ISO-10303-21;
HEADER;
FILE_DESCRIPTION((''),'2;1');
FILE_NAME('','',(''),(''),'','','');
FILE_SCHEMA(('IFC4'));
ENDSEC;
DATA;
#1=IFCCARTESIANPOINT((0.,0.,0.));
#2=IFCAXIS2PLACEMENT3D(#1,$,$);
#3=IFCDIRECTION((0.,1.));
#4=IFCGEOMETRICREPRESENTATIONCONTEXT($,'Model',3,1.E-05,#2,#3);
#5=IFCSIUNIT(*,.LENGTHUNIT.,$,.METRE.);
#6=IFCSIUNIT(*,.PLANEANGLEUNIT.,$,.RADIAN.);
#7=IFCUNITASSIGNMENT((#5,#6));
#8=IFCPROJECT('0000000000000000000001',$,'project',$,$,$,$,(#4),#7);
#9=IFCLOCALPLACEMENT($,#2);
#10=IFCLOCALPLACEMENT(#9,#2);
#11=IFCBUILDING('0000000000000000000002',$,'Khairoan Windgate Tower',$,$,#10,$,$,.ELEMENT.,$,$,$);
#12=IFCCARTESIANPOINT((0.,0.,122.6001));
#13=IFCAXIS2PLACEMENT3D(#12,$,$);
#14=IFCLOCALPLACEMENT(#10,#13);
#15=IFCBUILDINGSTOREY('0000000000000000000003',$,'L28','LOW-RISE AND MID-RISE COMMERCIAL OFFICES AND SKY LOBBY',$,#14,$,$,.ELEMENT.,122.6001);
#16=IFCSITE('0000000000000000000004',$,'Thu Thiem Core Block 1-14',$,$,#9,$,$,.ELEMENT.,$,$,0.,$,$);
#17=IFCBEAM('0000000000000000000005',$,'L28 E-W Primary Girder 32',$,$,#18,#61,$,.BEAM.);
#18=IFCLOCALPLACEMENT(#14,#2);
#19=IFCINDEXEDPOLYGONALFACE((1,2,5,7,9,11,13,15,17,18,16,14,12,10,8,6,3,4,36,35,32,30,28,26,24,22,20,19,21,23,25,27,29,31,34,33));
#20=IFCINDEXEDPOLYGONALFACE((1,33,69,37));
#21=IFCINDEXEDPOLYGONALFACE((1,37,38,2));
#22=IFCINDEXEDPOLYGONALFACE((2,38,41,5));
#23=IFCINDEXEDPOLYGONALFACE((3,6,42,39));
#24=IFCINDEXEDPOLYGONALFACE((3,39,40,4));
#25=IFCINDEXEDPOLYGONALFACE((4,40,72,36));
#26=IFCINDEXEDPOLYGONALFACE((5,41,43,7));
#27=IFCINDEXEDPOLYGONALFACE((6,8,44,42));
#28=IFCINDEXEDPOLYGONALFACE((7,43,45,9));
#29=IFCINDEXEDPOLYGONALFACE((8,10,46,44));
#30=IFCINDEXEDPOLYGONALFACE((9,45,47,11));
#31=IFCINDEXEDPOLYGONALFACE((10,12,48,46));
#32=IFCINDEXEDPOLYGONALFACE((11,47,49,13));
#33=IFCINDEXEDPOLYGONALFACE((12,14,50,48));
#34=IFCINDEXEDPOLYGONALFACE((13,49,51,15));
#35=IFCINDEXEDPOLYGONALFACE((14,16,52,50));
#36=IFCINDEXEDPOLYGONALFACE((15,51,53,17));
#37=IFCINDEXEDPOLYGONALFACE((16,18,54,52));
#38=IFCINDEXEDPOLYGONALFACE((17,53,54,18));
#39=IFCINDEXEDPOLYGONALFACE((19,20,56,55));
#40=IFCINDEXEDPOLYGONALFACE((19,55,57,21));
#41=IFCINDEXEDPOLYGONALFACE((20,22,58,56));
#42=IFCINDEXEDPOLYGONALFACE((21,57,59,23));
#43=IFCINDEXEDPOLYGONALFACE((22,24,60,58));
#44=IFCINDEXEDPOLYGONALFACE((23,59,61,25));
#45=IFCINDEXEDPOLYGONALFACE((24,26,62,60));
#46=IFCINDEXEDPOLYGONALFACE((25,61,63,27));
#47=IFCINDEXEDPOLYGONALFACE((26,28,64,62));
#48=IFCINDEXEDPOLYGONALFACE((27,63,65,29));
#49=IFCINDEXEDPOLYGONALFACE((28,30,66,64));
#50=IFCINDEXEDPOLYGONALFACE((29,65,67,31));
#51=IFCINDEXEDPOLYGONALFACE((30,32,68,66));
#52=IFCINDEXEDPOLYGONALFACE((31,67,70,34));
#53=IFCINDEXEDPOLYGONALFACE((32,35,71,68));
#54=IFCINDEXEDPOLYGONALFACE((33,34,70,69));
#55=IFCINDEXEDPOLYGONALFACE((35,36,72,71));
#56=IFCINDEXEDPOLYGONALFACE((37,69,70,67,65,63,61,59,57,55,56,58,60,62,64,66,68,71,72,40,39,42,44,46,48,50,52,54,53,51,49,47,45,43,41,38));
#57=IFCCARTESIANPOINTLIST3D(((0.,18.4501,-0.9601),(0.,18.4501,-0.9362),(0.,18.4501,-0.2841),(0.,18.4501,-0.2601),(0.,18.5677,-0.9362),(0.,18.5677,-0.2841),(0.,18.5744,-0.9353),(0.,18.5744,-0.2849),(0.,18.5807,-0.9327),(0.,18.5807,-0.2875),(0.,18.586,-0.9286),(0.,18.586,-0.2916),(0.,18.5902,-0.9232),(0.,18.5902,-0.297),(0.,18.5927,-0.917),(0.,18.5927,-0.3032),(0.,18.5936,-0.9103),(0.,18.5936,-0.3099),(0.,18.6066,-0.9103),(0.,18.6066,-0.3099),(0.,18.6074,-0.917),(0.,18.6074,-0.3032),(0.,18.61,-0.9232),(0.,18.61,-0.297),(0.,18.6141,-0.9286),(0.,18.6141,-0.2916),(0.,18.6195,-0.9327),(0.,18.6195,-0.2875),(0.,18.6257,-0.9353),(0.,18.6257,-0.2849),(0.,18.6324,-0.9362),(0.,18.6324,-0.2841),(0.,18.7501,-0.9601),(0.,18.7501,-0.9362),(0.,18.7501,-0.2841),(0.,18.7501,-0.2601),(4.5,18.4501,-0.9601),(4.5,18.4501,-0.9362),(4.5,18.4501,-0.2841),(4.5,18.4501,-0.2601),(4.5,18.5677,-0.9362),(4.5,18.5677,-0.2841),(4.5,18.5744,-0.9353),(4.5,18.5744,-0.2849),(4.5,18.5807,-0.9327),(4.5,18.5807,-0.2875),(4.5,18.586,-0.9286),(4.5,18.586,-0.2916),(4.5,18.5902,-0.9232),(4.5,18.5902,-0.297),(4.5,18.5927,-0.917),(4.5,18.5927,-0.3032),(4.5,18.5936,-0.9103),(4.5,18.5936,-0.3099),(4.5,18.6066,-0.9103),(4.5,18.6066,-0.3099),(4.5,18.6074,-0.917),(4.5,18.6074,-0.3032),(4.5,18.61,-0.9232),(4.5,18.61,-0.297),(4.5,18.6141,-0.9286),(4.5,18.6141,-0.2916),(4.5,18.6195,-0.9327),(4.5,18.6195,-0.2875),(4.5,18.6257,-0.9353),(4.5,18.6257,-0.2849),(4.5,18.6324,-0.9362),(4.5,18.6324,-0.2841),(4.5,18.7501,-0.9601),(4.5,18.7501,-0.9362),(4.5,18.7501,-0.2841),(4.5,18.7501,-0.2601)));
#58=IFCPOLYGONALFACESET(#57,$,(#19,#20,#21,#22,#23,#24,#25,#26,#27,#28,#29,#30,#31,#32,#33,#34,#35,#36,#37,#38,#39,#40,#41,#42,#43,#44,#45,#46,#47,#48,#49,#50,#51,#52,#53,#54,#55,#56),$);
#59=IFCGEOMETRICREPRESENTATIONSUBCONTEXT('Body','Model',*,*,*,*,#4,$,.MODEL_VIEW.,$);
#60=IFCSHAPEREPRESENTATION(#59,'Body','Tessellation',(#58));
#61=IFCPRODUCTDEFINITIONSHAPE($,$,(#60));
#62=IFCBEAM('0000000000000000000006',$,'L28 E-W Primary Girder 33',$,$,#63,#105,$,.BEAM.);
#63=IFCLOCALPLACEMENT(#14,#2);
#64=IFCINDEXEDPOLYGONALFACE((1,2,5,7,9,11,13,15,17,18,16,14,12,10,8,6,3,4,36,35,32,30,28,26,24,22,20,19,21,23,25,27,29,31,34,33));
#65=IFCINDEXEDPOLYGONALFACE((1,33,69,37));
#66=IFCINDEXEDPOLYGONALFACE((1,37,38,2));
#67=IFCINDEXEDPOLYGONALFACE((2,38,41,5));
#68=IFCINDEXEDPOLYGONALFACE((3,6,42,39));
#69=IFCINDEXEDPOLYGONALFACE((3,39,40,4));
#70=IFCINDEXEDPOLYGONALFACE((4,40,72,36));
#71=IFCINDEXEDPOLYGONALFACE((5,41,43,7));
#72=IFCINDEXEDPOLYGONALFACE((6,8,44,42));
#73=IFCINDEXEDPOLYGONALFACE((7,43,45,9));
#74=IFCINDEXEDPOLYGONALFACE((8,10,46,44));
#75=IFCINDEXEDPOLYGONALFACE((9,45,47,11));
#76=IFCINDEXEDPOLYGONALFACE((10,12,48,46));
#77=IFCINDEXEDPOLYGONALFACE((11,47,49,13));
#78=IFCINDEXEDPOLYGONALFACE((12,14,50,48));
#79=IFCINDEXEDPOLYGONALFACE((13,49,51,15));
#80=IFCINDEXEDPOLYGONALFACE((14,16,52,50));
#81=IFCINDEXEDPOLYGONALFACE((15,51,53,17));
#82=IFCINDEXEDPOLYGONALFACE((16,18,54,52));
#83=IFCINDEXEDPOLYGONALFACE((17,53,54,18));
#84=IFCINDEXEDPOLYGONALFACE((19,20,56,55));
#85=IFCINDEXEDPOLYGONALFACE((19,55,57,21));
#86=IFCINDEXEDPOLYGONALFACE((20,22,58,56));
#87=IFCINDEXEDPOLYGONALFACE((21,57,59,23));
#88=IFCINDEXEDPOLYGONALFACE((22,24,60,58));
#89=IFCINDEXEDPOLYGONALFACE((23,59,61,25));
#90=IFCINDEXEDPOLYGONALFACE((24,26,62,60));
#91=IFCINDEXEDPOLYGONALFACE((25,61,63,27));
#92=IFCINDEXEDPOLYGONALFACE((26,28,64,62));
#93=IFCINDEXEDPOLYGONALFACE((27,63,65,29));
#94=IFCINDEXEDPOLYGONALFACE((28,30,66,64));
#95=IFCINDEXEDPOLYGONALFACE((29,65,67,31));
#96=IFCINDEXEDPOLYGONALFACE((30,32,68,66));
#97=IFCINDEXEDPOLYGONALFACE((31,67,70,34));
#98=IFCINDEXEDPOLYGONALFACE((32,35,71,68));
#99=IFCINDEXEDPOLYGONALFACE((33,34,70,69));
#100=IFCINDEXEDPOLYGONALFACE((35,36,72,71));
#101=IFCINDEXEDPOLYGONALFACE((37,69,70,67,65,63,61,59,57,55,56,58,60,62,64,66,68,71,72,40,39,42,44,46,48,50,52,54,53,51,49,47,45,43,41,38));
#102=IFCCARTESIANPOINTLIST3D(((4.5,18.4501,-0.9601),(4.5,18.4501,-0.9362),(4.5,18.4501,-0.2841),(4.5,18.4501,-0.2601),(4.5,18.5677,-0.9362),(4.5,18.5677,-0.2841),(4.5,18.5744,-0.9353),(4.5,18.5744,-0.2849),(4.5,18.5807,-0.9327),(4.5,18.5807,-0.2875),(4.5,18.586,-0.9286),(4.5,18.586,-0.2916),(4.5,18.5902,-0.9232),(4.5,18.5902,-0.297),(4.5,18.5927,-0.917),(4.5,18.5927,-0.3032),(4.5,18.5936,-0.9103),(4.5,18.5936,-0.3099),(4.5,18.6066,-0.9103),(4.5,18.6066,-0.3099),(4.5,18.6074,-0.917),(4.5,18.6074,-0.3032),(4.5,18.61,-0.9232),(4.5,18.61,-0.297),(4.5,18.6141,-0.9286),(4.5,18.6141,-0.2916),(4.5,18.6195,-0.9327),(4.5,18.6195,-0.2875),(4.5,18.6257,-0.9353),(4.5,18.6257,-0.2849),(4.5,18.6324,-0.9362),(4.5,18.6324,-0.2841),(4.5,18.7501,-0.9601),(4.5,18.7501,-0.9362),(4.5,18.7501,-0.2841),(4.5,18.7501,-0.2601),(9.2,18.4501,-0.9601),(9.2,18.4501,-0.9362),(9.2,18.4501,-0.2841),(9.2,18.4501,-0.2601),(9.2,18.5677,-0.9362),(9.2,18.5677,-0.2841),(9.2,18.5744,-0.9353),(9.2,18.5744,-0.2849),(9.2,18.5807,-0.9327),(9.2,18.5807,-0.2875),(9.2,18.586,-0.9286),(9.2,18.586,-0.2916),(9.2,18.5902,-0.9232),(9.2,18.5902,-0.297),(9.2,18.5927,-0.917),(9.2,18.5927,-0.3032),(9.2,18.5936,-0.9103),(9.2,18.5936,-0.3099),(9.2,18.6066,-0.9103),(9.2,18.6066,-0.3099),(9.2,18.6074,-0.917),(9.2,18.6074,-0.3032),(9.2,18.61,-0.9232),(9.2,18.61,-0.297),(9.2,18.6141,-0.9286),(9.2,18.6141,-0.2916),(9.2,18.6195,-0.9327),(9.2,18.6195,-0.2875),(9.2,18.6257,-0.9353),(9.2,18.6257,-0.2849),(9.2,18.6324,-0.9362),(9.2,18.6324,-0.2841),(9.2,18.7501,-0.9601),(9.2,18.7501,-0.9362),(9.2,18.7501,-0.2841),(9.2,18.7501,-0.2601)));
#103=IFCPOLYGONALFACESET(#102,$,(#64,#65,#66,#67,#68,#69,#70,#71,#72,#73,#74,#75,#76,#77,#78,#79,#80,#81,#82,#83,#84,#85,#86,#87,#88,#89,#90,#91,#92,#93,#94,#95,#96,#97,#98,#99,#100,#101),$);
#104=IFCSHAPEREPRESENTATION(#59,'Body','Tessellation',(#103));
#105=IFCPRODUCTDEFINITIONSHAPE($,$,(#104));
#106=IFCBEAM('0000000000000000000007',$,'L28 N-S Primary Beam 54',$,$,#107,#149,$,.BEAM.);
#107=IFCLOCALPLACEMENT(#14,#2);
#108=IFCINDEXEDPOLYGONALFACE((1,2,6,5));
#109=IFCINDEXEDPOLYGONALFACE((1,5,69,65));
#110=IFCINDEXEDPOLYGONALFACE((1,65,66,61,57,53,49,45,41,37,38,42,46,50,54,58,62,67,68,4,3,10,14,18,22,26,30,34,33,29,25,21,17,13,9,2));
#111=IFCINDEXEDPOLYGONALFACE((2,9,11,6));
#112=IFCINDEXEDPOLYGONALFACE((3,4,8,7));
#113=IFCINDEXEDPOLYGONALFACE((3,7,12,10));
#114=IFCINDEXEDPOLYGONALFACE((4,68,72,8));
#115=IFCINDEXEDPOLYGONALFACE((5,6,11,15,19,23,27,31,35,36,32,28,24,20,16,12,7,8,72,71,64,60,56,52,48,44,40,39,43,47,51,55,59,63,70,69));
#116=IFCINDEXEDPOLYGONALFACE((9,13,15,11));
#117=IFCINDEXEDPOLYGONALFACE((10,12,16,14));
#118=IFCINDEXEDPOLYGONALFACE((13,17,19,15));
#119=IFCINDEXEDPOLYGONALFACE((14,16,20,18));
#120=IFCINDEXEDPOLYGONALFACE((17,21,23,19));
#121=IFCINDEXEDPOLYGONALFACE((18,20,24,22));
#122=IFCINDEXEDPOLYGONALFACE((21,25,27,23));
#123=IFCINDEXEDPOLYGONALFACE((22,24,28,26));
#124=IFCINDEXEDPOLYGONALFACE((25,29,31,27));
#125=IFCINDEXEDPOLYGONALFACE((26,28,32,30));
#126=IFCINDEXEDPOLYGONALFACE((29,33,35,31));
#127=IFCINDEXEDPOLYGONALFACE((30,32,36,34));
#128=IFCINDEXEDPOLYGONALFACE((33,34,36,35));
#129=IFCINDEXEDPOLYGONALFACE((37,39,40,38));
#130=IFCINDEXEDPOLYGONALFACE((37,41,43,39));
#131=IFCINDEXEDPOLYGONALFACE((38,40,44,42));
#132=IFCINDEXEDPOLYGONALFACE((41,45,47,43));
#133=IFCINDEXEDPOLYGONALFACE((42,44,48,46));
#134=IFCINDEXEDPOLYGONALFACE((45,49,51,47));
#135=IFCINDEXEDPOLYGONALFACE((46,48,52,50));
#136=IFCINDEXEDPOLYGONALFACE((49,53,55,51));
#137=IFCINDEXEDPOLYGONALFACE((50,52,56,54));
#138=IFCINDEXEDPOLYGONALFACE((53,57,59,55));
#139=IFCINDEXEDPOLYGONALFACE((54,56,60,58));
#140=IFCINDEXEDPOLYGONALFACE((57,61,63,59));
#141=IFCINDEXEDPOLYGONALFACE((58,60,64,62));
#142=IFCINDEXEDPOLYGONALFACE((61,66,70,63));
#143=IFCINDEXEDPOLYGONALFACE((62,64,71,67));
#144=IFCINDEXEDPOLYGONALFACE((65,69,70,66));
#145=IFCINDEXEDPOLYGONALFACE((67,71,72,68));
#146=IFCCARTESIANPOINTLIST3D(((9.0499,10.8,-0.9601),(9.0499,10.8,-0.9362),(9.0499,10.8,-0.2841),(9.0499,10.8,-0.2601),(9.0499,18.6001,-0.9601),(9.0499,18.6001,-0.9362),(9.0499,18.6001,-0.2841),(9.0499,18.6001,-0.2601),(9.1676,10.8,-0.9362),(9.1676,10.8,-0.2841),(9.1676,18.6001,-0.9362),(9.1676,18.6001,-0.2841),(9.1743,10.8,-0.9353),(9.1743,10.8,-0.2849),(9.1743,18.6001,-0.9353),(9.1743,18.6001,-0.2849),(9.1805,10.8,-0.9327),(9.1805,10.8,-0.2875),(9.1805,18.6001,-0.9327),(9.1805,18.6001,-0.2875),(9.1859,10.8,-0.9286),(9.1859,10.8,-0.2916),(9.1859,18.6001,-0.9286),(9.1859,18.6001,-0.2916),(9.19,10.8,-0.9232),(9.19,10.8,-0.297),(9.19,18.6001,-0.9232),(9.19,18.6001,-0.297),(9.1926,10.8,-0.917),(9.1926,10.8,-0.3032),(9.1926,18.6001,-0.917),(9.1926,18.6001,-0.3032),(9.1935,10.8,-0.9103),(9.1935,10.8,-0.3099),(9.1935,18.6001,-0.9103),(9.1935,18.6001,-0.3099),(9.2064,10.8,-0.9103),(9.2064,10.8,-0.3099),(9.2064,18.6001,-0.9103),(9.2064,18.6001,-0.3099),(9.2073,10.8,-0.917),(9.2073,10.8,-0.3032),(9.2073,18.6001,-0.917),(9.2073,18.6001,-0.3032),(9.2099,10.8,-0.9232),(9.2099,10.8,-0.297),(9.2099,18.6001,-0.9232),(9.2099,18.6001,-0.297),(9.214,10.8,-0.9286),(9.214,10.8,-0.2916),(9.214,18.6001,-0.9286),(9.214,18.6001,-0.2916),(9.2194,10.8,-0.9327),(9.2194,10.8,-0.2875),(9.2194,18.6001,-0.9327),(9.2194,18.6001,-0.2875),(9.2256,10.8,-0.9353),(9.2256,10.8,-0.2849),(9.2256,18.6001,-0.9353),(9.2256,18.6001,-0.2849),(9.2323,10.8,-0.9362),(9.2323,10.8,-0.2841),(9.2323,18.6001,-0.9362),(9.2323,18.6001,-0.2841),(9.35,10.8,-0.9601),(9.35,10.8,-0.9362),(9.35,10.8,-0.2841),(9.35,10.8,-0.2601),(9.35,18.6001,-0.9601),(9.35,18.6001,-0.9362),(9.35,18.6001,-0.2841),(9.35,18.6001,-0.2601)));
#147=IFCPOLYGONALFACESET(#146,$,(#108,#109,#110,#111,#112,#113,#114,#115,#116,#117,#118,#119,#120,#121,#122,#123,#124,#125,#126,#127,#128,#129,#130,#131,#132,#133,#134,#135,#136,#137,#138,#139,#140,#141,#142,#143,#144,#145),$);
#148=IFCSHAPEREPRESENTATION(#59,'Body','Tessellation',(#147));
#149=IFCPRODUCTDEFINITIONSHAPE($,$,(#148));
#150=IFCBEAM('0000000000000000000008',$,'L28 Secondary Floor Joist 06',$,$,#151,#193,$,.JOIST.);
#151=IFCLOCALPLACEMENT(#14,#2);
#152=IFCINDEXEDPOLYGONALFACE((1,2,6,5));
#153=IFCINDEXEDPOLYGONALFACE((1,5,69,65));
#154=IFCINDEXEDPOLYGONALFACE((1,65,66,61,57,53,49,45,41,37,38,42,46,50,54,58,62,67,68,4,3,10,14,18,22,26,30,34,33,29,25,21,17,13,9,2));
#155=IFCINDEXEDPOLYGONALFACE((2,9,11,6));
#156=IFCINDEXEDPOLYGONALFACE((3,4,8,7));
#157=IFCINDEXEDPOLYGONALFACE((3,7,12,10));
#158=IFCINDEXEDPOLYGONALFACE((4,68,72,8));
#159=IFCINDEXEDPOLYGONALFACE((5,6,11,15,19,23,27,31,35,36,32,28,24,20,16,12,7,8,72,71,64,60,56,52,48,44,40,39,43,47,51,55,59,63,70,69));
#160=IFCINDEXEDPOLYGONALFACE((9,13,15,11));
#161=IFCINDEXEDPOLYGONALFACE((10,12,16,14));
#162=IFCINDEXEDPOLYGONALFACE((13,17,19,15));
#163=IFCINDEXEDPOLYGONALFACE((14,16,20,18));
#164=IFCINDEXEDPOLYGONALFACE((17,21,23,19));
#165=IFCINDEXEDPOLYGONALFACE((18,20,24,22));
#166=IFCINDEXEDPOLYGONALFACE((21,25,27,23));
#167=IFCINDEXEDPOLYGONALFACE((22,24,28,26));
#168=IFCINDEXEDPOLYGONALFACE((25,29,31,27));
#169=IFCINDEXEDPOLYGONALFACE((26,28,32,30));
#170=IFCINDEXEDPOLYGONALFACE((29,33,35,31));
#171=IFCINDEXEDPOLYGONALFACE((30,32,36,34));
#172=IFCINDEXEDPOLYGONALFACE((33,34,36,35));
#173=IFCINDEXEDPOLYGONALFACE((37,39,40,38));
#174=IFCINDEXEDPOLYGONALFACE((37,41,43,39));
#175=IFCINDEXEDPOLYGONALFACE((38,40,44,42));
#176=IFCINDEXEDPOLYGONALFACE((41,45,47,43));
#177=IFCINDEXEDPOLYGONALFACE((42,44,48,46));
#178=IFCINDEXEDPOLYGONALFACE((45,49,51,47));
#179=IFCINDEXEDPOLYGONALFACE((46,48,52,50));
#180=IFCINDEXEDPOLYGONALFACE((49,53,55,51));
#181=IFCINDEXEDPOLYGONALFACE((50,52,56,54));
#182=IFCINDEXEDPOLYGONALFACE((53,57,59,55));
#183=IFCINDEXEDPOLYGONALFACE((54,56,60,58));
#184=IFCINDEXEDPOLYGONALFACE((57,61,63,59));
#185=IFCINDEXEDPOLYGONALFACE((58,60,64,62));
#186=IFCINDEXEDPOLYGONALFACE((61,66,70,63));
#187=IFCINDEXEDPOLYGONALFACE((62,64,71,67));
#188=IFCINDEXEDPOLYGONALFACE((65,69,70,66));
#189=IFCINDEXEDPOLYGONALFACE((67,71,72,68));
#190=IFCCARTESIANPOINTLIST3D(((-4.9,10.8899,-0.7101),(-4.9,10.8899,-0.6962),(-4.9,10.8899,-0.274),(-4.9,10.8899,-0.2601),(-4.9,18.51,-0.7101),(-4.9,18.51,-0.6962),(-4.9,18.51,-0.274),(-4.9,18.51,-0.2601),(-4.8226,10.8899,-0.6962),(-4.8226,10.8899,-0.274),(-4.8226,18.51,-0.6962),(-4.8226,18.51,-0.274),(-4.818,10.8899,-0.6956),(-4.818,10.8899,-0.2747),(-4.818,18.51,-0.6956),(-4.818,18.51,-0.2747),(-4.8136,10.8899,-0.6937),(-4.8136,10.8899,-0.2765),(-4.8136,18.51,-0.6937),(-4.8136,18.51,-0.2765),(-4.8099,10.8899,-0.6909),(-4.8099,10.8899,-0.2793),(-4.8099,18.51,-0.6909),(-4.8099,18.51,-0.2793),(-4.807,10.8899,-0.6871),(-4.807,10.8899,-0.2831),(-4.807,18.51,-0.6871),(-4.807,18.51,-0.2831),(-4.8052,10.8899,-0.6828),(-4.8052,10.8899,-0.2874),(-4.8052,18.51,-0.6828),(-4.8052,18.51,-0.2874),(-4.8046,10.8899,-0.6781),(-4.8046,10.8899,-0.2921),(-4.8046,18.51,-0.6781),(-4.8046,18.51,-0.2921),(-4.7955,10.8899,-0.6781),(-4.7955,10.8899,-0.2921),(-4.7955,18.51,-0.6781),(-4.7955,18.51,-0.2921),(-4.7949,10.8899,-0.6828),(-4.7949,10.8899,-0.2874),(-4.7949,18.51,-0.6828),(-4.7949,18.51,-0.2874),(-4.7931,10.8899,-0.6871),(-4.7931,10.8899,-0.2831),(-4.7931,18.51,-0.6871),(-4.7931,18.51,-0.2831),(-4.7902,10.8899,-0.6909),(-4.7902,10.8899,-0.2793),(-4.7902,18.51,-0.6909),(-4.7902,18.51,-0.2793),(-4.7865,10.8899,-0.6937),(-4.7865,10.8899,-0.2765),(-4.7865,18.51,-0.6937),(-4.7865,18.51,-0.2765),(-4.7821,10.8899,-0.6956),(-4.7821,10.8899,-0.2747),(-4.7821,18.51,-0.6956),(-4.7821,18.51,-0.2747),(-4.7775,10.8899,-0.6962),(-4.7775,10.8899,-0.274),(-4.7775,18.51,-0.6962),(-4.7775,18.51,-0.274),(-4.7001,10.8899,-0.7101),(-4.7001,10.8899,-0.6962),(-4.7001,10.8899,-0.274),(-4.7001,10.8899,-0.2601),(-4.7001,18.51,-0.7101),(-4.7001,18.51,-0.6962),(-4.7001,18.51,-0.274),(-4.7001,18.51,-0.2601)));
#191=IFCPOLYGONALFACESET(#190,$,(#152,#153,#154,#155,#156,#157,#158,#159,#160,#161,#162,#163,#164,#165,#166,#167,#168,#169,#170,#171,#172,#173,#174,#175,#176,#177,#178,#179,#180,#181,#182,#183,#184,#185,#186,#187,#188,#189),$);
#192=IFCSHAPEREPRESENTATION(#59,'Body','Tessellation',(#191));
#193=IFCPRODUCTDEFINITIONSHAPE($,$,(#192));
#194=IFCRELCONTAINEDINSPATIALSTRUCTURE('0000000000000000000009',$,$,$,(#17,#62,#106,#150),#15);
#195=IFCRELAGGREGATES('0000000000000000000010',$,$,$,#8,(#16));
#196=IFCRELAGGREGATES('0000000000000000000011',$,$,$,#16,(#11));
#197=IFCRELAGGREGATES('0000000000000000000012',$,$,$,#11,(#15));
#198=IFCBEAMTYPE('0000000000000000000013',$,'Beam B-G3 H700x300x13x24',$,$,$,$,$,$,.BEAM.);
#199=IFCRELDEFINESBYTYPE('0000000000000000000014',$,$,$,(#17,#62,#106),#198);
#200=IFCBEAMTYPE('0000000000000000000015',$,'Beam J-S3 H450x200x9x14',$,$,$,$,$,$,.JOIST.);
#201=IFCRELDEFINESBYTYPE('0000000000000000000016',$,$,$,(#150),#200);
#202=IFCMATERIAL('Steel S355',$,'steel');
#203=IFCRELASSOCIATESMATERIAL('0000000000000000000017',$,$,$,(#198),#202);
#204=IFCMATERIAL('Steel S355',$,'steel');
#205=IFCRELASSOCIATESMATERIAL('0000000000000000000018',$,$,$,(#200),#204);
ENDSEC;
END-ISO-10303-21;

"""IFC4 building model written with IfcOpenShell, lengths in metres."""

from ifc_helpers import new_model, si_unit, direction, frame, origin, origin_2d, place, context, subcontext, project, spatial, i_section, extrude, material, material_profile, profile_set, type_object, element, save


model = new_model("IFC4")

# Units and contexts
model_context = context("Model", 3, precision=1e-05, world=origin(), true_north=direction((0.0, 1.0)))
body_context = subcontext(model_context, "Body", "Model", "MODEL_VIEW")
ifc_project = project(units=[si_unit("LENGTHUNIT", "METRE"), si_unit("PLANEANGLEUNIT", "RADIAN")], contexts=[model_context])

# Site, building, storey
site_placement = place(None, origin())
site = spatial("IfcSite", under=ifc_project, at=site_placement, Name="Thu Thiem Core Block 1-14", CompositionType="ELEMENT", RefElevation=0.0)
building_placement = place(site_placement, origin())
building = spatial("IfcBuilding", under=site, at=building_placement, Name="Khairoan Windgate Tower", CompositionType="ELEMENT")
storey_placement = place(building_placement, frame((0.0, 0.0, 122.6001)))
storey = spatial("IfcBuildingStorey", under=building, at=storey_placement, Name="L28", Description="LOW-RISE AND MID-RISE COMMERCIAL OFFICES AND SKY LOBBY", CompositionType="ELEMENT", Elevation=122.6001)

# Beams
ifc_material_1 = material(Name="Steel S355", Category="steel")
ifc_material_profile_1 = material_profile(ifc_material_1, i_section(OverallWidth=0.3, OverallDepth=0.7, WebThickness=0.0129, FlangeThickness=0.0239, FilletRadius=0.0259, at=origin_2d()))
ifc_profile_set_1 = profile_set([ifc_material_profile_1], Name="Steel S355")
beam_type_1 = type_object("IfcBeamType", Name="Beam B-G3 H700x300x13x24", PredefinedType="BEAM", material=ifc_profile_set_1)
for number, where, z_axis, x_axis, name in (
    (1, (0.0, 18.6001, -0.6101), (1.0, 0.0, 0.0), (0.0, 1.0, 0.0), "L28 E-W Primary Girder 32"),
):
    element("IfcBeam", number, at=place(storey_placement, frame(where, z_axis=z_axis, x_axis=x_axis)), inside=storey, type_object=beam_type_1, Name=name, PredefinedType="BEAM", context=body_context, shape_type="SweptSolid", body=[
        extrude(i_section(OverallWidth=0.3, OverallDepth=0.7, WebThickness=0.0129, FlangeThickness=0.0239, FilletRadius=0.0259, at=origin_2d()), origin(), (0.0, 0.0, 1.0), 4.5),
    ])
beam_1_placement = place(storey_placement, frame((4.5, 18.6001, -0.6101), z_axis=(1.0, 0.0, 0.0), x_axis=(0.0, 1.0, 0.0)))
element("IfcBeam", 2, at=beam_1_placement, inside=storey, type_object=beam_type_1, Name="L28 E-W Primary Girder 33", PredefinedType="BEAM", context=body_context, shape_type="SweptSolid", body=[
    extrude(i_section(OverallWidth=0.3, OverallDepth=0.7, WebThickness=0.0129, FlangeThickness=0.0239, FilletRadius=0.0259, at=origin_2d()), origin(), (0.0, 0.0, 1.0), 4.7),
])
beam_2_placement = place(storey_placement, frame((9.2, 10.8, -0.6101), z_axis=(0.0, 1.0, 0.0), x_axis=(-1.0, 0.0, 0.0)))
element("IfcBeam", 3, at=beam_2_placement, inside=storey, type_object=beam_type_1, Name="L28 N-S Primary Beam 54", PredefinedType="BEAM", context=body_context, shape_type="SweptSolid", body=[
    extrude(i_section(OverallWidth=0.3, OverallDepth=0.7, WebThickness=0.0129, FlangeThickness=0.0239, FilletRadius=0.0259, at=origin_2d()), origin(), (0.0, 0.0, 1.0), 7.8),
])
ifc_material_2 = material(Name="Steel S355", Category="steel")
ifc_material_profile_2 = material_profile(ifc_material_2, i_section(OverallWidth=0.2, OverallDepth=0.45, WebThickness=0.009, FlangeThickness=0.0139, FilletRadius=0.0181, at=origin_2d()))
ifc_profile_set_2 = profile_set([ifc_material_profile_2], Name="Steel S355")
beam_type_2 = type_object("IfcBeamType", Name="Beam J-S3 H450x200x9x14", PredefinedType="JOIST", material=ifc_profile_set_2)
for number, where, z_axis, x_axis, name in (
    (4, (-4.8, 10.8899, -0.4851), (0.0, 1.0, 0.0), (-1.0, 0.0, 0.0), "L28 Secondary Floor Joist 06"),
):
    element("IfcBeam", number, at=place(storey_placement, frame(where, z_axis=z_axis, x_axis=x_axis)), inside=storey, type_object=beam_type_2, Name=name, PredefinedType="JOIST", context=body_context, shape_type="SweptSolid", body=[
        extrude(i_section(OverallWidth=0.2, OverallDepth=0.45, WebThickness=0.009, FlangeThickness=0.0139, FilletRadius=0.0181, at=origin_2d()), origin(), (0.0, 0.0, 1.0), 7.6201),
    ])

save(model, "model.ifc")
